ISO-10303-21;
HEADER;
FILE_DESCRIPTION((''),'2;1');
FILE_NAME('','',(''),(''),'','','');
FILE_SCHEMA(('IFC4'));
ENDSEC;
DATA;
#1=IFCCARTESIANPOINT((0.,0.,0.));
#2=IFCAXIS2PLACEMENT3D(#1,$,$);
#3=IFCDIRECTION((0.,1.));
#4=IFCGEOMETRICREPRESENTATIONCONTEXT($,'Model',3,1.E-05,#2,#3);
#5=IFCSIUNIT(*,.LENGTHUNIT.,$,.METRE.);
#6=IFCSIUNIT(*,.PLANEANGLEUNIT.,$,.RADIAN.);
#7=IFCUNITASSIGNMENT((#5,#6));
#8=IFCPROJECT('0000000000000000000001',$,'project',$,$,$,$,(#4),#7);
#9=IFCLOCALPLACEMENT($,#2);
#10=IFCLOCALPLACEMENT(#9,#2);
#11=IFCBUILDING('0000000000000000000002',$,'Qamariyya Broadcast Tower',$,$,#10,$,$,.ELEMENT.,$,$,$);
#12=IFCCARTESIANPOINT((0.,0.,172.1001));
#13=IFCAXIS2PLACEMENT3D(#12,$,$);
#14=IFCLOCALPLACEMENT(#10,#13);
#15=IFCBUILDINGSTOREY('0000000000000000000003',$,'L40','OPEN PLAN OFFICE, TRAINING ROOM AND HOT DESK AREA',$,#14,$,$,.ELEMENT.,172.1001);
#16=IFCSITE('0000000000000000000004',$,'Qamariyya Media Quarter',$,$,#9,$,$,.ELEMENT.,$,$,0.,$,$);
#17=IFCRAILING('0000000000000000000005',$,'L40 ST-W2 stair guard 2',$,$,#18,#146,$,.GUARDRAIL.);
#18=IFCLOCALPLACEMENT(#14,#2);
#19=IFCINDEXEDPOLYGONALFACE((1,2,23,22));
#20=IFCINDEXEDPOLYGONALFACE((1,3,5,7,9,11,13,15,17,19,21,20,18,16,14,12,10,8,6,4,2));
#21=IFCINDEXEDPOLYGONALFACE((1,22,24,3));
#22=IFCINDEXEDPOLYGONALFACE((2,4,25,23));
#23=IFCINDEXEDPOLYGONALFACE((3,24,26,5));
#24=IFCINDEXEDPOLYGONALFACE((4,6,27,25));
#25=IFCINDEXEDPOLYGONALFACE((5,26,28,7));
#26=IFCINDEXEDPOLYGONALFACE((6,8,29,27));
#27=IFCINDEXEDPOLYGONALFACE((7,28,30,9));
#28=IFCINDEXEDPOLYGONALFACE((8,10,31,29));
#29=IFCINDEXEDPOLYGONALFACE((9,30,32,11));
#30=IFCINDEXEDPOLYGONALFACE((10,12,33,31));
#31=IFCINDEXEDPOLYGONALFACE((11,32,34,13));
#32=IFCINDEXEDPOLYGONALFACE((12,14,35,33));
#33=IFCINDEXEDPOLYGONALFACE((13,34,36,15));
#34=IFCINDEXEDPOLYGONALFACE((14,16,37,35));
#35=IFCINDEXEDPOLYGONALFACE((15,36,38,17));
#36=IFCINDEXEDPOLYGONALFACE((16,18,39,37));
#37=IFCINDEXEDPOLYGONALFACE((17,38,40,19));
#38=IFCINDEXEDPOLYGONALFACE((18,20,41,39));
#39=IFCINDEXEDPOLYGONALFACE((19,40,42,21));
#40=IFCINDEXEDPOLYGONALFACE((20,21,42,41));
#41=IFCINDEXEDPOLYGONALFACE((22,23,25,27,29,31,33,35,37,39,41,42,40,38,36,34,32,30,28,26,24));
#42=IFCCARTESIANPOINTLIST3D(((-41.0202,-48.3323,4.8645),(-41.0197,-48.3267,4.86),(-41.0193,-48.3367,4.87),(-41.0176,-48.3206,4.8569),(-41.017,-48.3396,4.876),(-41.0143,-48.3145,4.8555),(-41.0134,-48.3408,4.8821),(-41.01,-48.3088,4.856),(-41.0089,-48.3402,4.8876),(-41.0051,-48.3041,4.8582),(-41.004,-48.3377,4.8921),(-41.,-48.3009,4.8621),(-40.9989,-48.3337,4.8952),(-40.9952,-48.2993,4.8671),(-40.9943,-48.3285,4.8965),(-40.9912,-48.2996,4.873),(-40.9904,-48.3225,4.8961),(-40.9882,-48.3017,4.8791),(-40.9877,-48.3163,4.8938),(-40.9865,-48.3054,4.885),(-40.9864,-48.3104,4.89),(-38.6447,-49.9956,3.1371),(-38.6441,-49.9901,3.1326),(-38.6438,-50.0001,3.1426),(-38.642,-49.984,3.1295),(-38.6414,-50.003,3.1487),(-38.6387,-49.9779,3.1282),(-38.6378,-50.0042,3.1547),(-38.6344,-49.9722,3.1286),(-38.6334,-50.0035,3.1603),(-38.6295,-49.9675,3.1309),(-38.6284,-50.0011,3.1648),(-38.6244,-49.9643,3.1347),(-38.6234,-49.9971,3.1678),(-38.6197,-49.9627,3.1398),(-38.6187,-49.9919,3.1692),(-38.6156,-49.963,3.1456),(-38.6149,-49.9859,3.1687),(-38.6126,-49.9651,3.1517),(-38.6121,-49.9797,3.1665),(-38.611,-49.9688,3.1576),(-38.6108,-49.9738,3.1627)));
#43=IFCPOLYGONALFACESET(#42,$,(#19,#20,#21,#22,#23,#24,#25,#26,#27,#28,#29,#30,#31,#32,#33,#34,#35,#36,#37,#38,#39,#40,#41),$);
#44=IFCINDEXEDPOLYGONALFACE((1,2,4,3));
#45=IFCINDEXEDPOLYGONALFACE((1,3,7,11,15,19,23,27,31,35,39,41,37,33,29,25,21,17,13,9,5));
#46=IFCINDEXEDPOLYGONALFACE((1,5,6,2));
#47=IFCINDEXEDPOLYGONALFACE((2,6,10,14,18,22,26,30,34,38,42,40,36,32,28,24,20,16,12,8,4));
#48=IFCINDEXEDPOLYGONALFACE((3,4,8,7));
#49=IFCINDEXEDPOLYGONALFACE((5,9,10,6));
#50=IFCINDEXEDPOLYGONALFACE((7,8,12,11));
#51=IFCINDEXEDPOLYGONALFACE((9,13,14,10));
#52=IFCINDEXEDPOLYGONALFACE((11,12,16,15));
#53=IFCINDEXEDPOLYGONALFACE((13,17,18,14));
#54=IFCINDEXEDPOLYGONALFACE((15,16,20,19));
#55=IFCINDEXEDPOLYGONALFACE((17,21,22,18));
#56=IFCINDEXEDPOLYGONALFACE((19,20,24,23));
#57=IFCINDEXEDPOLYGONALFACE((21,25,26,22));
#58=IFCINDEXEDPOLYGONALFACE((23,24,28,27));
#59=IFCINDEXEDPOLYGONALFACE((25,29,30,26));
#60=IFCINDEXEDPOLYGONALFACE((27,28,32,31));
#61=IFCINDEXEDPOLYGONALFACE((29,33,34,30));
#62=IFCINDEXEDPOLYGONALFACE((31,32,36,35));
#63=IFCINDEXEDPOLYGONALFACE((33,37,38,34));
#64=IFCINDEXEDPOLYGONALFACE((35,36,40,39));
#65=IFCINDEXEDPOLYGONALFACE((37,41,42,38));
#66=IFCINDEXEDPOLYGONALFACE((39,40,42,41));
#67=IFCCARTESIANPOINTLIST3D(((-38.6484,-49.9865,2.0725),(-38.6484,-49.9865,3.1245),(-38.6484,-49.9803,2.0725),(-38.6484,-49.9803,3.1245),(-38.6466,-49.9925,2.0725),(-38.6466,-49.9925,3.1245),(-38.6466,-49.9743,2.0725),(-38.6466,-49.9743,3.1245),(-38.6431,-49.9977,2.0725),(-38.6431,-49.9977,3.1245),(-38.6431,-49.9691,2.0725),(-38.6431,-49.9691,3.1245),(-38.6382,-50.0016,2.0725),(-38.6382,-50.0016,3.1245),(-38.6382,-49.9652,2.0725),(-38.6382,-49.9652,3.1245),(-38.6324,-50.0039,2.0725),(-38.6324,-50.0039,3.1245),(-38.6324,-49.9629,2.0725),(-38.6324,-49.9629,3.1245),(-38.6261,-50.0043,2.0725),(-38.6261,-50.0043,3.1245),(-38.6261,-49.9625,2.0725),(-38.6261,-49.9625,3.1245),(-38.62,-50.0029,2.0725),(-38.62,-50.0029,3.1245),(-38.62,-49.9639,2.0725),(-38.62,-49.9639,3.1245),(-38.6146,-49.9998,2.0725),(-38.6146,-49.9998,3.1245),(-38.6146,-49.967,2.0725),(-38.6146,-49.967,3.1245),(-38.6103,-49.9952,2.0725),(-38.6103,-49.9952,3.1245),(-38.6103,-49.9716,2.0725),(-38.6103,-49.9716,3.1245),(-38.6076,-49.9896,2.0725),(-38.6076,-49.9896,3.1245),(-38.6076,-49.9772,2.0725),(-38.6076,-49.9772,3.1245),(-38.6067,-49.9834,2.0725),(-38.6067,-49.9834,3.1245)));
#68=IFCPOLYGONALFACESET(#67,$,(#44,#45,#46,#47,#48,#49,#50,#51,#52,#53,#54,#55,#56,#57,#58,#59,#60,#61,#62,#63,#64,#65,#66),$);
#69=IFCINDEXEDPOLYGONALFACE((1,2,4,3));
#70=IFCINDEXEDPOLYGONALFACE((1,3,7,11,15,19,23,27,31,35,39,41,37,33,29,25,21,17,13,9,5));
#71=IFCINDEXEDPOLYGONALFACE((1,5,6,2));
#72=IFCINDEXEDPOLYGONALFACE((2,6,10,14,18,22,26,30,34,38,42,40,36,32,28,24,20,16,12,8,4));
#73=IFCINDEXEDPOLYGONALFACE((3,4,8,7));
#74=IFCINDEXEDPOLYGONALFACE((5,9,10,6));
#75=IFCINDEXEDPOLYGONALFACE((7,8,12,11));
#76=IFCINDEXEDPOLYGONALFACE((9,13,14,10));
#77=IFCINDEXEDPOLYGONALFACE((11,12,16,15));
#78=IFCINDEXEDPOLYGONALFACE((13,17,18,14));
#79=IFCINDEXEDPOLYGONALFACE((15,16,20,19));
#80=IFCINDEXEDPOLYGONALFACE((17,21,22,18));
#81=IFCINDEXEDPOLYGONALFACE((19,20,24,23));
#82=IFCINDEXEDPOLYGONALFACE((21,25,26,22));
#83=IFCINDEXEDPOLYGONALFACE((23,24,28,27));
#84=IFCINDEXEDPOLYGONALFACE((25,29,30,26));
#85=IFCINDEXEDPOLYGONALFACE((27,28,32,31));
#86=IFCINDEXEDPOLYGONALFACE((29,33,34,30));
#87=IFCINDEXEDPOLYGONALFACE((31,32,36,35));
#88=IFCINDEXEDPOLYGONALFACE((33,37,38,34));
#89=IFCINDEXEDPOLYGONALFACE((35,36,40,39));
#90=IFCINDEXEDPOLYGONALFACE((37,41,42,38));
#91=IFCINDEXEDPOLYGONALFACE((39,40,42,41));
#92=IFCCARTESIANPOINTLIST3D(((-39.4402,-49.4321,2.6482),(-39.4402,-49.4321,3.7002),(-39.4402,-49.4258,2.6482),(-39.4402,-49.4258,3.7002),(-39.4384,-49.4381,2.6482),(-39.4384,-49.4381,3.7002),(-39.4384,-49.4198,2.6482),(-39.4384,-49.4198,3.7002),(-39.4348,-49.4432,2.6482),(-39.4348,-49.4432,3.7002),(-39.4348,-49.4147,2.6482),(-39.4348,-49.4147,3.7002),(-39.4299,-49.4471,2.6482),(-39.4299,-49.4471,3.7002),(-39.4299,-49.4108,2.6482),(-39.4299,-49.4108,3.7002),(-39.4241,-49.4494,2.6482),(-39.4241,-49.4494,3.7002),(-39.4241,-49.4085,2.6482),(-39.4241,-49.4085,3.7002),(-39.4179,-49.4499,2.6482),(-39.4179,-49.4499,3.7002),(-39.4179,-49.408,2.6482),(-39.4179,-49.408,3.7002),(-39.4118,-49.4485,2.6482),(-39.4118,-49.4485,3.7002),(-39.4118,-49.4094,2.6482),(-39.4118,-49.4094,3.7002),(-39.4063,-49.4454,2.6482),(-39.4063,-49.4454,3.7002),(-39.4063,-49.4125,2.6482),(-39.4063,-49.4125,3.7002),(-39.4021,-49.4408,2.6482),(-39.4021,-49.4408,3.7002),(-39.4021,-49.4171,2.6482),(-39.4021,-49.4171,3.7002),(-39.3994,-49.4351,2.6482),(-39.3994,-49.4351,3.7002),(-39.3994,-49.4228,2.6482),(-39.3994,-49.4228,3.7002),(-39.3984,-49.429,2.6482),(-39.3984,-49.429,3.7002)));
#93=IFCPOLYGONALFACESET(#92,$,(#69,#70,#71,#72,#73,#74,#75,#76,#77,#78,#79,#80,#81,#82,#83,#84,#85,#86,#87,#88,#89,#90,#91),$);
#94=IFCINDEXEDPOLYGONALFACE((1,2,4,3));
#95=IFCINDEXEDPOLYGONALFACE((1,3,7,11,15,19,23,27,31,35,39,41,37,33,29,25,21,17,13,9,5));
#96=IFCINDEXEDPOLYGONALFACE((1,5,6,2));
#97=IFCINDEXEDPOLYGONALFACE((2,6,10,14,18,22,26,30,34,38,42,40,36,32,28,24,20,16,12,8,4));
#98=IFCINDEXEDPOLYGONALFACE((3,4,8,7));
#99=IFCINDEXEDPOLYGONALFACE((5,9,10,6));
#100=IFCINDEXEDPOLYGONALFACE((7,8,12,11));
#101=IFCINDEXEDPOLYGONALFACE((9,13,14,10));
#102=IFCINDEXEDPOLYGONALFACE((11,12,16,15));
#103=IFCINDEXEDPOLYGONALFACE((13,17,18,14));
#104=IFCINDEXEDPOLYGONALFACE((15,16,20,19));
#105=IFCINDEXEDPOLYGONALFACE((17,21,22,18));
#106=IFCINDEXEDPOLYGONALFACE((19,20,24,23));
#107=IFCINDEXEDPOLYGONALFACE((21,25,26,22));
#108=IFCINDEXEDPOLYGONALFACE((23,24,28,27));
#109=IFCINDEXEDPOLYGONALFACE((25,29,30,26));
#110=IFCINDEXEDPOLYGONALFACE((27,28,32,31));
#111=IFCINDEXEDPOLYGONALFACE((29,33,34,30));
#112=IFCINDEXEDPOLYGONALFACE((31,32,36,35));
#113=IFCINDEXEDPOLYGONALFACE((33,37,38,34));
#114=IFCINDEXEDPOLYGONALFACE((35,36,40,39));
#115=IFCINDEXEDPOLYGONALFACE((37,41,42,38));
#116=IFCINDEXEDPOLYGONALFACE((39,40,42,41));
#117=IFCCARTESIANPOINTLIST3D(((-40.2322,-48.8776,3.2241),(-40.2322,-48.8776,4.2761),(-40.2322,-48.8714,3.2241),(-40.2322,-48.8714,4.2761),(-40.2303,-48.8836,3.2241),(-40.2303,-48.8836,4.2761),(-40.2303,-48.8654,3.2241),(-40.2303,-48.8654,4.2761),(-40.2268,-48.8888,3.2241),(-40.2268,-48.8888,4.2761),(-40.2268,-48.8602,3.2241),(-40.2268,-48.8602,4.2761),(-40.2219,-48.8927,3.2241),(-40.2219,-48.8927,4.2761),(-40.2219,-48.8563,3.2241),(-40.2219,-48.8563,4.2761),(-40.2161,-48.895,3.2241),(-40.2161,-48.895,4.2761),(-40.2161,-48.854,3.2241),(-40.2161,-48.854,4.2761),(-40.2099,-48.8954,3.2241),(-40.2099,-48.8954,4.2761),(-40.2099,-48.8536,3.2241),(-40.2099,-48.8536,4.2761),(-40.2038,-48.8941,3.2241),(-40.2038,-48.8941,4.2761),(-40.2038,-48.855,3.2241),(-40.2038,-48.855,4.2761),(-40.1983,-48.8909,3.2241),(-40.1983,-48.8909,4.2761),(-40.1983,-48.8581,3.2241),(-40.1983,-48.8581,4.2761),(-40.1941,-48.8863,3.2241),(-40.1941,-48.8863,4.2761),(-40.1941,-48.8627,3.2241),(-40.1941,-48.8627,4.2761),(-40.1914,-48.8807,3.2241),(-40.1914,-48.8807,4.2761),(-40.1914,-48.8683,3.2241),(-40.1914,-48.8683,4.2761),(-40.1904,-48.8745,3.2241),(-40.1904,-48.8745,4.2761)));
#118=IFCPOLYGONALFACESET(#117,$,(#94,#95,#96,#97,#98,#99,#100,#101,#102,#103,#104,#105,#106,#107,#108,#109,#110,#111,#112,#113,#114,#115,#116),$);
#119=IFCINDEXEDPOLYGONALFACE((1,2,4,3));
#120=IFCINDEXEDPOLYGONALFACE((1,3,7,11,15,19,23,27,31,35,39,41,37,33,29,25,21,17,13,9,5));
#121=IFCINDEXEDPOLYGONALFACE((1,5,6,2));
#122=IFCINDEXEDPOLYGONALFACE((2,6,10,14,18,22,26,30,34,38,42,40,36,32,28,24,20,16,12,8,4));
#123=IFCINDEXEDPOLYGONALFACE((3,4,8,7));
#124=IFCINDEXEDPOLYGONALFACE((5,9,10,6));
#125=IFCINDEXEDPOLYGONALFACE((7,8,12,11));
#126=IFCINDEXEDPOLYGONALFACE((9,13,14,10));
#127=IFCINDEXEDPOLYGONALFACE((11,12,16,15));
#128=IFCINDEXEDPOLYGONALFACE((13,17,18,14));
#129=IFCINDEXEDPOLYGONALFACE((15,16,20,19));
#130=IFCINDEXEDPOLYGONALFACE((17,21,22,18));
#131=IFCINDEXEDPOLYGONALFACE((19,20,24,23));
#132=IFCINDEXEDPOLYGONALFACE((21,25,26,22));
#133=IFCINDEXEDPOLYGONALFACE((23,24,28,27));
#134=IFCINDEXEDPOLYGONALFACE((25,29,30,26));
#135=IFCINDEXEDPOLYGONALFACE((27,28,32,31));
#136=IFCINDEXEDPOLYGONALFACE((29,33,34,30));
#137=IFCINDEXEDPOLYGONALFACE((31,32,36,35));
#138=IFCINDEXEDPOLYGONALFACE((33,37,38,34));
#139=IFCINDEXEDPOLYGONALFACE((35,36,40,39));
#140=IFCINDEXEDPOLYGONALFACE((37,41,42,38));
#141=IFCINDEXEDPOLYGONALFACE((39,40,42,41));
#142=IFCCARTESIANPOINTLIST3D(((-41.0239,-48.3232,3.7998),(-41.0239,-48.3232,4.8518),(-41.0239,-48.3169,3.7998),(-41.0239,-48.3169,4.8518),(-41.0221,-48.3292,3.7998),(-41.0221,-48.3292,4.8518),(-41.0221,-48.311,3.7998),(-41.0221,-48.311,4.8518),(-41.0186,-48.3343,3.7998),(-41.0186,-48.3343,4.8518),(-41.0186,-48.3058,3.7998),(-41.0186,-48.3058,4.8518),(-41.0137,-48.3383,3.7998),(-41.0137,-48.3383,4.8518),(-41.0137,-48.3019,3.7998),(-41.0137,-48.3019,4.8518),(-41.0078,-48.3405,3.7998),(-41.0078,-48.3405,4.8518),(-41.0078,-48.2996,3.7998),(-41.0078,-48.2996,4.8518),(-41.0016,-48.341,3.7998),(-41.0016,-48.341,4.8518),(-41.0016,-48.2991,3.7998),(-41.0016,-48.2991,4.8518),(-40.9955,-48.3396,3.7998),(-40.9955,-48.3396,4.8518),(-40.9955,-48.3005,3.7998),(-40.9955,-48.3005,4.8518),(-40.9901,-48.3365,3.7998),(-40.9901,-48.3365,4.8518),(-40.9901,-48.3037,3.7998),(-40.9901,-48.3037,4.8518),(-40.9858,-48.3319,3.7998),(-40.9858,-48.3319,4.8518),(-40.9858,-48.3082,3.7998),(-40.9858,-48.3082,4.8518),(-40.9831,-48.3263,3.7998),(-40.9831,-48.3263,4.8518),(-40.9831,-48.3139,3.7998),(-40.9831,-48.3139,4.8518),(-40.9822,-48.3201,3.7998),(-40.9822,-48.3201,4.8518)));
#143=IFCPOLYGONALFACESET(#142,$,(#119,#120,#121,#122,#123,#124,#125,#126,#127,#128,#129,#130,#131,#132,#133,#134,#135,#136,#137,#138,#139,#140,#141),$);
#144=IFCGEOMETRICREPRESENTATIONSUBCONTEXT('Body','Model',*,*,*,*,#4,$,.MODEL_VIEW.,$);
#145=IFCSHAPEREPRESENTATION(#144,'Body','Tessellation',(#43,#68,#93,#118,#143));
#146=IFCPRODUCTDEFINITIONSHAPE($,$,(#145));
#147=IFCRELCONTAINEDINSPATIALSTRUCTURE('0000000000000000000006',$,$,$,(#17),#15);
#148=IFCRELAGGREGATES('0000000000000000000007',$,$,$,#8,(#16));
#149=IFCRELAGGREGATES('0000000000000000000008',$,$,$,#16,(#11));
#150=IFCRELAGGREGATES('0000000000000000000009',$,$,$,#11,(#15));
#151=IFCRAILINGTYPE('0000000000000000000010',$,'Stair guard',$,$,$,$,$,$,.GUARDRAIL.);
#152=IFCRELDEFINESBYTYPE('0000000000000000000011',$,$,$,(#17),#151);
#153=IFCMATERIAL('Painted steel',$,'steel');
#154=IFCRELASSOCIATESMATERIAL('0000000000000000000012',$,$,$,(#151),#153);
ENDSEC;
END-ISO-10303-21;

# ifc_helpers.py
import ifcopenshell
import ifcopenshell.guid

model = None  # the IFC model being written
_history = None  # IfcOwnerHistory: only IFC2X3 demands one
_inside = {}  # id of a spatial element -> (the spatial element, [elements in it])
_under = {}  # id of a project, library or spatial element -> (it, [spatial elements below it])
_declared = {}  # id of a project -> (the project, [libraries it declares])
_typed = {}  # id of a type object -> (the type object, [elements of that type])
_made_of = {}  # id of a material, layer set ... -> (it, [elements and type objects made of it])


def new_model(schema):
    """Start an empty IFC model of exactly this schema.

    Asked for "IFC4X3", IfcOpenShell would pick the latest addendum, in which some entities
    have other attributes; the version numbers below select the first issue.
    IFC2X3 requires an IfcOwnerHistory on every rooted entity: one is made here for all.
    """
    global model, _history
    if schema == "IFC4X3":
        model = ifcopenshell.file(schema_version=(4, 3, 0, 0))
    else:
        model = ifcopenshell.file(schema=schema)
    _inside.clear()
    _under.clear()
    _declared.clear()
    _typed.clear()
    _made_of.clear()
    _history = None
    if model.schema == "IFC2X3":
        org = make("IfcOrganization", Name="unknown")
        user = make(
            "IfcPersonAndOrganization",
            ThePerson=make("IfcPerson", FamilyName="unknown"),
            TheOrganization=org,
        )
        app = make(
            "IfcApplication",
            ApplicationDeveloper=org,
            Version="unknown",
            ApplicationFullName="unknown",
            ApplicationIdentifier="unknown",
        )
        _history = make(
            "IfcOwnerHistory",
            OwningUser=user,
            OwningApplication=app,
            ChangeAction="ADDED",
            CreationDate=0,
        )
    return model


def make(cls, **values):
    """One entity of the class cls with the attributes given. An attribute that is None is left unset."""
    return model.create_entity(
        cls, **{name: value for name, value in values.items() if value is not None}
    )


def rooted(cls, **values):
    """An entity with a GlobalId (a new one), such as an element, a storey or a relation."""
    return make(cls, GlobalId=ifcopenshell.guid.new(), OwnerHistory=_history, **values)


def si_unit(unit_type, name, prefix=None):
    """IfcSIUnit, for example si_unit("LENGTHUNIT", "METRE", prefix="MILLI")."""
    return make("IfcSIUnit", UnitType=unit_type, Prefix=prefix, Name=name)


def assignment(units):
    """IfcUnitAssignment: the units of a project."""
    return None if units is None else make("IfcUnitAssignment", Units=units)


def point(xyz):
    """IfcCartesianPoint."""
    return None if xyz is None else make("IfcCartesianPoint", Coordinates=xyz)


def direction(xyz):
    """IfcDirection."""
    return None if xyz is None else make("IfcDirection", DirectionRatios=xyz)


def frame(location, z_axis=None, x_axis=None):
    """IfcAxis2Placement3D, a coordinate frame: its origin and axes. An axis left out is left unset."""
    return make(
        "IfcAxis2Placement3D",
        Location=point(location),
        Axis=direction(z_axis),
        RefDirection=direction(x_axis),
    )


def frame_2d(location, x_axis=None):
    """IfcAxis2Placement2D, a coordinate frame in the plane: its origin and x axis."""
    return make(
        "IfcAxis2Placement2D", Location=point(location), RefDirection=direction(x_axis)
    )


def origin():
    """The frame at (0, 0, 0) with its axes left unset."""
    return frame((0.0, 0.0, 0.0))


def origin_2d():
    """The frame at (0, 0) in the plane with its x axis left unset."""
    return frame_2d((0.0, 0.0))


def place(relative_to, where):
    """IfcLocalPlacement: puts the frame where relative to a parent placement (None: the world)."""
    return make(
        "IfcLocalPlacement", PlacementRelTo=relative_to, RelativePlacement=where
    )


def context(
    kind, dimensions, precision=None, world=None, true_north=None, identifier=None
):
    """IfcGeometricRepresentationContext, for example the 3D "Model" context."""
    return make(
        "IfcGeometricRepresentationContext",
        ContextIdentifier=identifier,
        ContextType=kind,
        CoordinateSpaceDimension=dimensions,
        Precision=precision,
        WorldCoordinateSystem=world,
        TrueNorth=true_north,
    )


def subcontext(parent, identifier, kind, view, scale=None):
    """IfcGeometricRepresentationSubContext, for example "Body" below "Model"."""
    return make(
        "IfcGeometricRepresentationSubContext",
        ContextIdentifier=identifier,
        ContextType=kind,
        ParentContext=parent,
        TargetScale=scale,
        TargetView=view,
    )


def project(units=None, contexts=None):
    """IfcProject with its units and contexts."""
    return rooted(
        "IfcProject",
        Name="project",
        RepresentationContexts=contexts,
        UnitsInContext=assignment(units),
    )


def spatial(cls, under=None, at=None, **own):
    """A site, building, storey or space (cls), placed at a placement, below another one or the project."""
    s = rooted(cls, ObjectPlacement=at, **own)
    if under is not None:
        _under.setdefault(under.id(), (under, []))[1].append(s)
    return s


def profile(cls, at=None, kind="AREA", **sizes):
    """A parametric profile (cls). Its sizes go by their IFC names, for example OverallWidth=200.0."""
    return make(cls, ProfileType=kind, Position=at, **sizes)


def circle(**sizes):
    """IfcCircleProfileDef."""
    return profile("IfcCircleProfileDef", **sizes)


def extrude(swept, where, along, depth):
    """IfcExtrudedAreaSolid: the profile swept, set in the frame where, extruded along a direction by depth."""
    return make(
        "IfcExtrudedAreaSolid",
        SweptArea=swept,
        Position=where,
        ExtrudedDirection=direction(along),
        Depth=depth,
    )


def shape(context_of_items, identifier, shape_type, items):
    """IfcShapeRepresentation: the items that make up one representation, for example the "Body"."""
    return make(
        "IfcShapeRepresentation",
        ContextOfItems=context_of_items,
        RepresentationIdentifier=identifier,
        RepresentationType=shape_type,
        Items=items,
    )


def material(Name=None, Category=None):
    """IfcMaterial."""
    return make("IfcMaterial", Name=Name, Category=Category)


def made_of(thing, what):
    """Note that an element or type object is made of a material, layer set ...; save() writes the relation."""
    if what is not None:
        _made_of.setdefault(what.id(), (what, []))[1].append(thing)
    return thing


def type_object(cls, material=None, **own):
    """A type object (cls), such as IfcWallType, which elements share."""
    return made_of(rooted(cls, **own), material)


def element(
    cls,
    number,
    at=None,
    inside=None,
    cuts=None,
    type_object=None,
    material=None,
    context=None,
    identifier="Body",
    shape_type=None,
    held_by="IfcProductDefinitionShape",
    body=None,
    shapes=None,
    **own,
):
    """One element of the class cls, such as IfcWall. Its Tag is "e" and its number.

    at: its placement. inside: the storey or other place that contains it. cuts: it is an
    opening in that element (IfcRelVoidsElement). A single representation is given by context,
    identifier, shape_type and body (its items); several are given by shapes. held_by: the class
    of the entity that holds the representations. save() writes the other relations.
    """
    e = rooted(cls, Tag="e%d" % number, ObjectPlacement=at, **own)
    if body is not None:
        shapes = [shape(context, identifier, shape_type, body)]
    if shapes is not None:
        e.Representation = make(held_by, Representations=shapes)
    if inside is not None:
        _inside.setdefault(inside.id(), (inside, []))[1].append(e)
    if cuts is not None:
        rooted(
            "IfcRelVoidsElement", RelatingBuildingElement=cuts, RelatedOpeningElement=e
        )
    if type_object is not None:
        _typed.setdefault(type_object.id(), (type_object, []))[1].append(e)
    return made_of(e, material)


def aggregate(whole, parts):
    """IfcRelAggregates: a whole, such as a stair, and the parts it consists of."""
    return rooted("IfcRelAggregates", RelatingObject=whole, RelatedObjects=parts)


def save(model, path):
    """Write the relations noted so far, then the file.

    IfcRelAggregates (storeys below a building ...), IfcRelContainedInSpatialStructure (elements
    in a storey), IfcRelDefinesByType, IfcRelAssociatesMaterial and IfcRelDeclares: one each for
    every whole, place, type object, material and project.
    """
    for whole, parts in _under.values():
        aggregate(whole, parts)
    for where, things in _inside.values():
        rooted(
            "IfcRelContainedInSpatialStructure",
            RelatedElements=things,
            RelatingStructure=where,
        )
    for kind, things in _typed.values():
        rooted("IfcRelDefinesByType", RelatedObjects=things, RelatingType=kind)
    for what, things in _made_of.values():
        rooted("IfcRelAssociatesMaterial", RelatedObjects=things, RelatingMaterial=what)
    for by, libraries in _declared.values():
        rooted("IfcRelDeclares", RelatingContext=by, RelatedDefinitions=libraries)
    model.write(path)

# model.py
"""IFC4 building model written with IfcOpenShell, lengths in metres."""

from ifc_helpers import new_model, si_unit, direction, frame, origin, origin_2d, place, context, subcontext, project, spatial, circle, extrude, material, type_object, element, save


model = new_model("IFC4")

# Units and contexts
model_context = context("Model", 3, precision=1e-05, world=origin(), true_north=direction((0.0, 1.0)))
body_context = subcontext(model_context, "Body", "Model", "MODEL_VIEW")
ifc_project = project(units=[si_unit("LENGTHUNIT", "METRE"), si_unit("PLANEANGLEUNIT", "RADIAN")], contexts=[model_context])

# Site, building, storey
site_placement = place(None, origin())
site = spatial("IfcSite", under=ifc_project, at=site_placement, Name="Qamariyya Media Quarter", CompositionType="ELEMENT", RefElevation=0.0)
building_placement = place(site_placement, origin())
building = spatial("IfcBuilding", under=site, at=building_placement, Name="Qamariyya Broadcast Tower", CompositionType="ELEMENT")
storey_placement = place(building_placement, frame((0.0, 0.0, 172.1001)))
storey = spatial("IfcBuildingStorey", under=building, at=storey_placement, Name="L40", Description="OPEN PLAN OFFICE, TRAINING ROOM AND HOT DESK AREA", CompositionType="ELEMENT", Elevation=172.1001)

# Railing
ifc_material_1 = material(Name="Painted steel", Category="steel")
railing_type_1 = type_object("IfcRailingType", Name="Stair guard", PredefinedType="GUARDRAIL", material=ifc_material_1)
railing_1_placement = place(storey_placement, frame((-38.6277, -49.9834, 2.0725)))
element("IfcRailing", 1, at=railing_1_placement, inside=storey, type_object=railing_type_1, Name="L40 ST-W2 stair guard 2", PredefinedType="GUARDRAIL", context=body_context, shape_type="SweptSolid", body=[
    extrude(circle(Radius=0.0239, at=origin_2d()), frame((0.0, 0.0, 1.0762), z_axis=(-0.70377, 0.492784, 0.511734), x_axis=(-0.573575, -0.819153, 0.0)), (0.0, 0.0, 1.0), 3.3755),
    extrude(circle(Radius=0.021, at=origin_2d()), origin(), (0.0, 0.0, 1.0), 1.052),
    extrude(circle(Radius=0.021, at=origin_2d()), frame((-0.7917, 0.5544, 0.5757)), (0.0, 0.0, 1.0), 1.052),
    extrude(circle(Radius=0.021, at=origin_2d()), frame((-1.5837, 1.1089, 1.1516)), (0.0, 0.0, 1.0), 1.052),
    extrude(circle(Radius=0.021, at=origin_2d()), frame((-2.3755, 1.6633, 1.7273)), (0.0, 0.0, 1.0), 1.052),
])

save(model, "model.ifc")
